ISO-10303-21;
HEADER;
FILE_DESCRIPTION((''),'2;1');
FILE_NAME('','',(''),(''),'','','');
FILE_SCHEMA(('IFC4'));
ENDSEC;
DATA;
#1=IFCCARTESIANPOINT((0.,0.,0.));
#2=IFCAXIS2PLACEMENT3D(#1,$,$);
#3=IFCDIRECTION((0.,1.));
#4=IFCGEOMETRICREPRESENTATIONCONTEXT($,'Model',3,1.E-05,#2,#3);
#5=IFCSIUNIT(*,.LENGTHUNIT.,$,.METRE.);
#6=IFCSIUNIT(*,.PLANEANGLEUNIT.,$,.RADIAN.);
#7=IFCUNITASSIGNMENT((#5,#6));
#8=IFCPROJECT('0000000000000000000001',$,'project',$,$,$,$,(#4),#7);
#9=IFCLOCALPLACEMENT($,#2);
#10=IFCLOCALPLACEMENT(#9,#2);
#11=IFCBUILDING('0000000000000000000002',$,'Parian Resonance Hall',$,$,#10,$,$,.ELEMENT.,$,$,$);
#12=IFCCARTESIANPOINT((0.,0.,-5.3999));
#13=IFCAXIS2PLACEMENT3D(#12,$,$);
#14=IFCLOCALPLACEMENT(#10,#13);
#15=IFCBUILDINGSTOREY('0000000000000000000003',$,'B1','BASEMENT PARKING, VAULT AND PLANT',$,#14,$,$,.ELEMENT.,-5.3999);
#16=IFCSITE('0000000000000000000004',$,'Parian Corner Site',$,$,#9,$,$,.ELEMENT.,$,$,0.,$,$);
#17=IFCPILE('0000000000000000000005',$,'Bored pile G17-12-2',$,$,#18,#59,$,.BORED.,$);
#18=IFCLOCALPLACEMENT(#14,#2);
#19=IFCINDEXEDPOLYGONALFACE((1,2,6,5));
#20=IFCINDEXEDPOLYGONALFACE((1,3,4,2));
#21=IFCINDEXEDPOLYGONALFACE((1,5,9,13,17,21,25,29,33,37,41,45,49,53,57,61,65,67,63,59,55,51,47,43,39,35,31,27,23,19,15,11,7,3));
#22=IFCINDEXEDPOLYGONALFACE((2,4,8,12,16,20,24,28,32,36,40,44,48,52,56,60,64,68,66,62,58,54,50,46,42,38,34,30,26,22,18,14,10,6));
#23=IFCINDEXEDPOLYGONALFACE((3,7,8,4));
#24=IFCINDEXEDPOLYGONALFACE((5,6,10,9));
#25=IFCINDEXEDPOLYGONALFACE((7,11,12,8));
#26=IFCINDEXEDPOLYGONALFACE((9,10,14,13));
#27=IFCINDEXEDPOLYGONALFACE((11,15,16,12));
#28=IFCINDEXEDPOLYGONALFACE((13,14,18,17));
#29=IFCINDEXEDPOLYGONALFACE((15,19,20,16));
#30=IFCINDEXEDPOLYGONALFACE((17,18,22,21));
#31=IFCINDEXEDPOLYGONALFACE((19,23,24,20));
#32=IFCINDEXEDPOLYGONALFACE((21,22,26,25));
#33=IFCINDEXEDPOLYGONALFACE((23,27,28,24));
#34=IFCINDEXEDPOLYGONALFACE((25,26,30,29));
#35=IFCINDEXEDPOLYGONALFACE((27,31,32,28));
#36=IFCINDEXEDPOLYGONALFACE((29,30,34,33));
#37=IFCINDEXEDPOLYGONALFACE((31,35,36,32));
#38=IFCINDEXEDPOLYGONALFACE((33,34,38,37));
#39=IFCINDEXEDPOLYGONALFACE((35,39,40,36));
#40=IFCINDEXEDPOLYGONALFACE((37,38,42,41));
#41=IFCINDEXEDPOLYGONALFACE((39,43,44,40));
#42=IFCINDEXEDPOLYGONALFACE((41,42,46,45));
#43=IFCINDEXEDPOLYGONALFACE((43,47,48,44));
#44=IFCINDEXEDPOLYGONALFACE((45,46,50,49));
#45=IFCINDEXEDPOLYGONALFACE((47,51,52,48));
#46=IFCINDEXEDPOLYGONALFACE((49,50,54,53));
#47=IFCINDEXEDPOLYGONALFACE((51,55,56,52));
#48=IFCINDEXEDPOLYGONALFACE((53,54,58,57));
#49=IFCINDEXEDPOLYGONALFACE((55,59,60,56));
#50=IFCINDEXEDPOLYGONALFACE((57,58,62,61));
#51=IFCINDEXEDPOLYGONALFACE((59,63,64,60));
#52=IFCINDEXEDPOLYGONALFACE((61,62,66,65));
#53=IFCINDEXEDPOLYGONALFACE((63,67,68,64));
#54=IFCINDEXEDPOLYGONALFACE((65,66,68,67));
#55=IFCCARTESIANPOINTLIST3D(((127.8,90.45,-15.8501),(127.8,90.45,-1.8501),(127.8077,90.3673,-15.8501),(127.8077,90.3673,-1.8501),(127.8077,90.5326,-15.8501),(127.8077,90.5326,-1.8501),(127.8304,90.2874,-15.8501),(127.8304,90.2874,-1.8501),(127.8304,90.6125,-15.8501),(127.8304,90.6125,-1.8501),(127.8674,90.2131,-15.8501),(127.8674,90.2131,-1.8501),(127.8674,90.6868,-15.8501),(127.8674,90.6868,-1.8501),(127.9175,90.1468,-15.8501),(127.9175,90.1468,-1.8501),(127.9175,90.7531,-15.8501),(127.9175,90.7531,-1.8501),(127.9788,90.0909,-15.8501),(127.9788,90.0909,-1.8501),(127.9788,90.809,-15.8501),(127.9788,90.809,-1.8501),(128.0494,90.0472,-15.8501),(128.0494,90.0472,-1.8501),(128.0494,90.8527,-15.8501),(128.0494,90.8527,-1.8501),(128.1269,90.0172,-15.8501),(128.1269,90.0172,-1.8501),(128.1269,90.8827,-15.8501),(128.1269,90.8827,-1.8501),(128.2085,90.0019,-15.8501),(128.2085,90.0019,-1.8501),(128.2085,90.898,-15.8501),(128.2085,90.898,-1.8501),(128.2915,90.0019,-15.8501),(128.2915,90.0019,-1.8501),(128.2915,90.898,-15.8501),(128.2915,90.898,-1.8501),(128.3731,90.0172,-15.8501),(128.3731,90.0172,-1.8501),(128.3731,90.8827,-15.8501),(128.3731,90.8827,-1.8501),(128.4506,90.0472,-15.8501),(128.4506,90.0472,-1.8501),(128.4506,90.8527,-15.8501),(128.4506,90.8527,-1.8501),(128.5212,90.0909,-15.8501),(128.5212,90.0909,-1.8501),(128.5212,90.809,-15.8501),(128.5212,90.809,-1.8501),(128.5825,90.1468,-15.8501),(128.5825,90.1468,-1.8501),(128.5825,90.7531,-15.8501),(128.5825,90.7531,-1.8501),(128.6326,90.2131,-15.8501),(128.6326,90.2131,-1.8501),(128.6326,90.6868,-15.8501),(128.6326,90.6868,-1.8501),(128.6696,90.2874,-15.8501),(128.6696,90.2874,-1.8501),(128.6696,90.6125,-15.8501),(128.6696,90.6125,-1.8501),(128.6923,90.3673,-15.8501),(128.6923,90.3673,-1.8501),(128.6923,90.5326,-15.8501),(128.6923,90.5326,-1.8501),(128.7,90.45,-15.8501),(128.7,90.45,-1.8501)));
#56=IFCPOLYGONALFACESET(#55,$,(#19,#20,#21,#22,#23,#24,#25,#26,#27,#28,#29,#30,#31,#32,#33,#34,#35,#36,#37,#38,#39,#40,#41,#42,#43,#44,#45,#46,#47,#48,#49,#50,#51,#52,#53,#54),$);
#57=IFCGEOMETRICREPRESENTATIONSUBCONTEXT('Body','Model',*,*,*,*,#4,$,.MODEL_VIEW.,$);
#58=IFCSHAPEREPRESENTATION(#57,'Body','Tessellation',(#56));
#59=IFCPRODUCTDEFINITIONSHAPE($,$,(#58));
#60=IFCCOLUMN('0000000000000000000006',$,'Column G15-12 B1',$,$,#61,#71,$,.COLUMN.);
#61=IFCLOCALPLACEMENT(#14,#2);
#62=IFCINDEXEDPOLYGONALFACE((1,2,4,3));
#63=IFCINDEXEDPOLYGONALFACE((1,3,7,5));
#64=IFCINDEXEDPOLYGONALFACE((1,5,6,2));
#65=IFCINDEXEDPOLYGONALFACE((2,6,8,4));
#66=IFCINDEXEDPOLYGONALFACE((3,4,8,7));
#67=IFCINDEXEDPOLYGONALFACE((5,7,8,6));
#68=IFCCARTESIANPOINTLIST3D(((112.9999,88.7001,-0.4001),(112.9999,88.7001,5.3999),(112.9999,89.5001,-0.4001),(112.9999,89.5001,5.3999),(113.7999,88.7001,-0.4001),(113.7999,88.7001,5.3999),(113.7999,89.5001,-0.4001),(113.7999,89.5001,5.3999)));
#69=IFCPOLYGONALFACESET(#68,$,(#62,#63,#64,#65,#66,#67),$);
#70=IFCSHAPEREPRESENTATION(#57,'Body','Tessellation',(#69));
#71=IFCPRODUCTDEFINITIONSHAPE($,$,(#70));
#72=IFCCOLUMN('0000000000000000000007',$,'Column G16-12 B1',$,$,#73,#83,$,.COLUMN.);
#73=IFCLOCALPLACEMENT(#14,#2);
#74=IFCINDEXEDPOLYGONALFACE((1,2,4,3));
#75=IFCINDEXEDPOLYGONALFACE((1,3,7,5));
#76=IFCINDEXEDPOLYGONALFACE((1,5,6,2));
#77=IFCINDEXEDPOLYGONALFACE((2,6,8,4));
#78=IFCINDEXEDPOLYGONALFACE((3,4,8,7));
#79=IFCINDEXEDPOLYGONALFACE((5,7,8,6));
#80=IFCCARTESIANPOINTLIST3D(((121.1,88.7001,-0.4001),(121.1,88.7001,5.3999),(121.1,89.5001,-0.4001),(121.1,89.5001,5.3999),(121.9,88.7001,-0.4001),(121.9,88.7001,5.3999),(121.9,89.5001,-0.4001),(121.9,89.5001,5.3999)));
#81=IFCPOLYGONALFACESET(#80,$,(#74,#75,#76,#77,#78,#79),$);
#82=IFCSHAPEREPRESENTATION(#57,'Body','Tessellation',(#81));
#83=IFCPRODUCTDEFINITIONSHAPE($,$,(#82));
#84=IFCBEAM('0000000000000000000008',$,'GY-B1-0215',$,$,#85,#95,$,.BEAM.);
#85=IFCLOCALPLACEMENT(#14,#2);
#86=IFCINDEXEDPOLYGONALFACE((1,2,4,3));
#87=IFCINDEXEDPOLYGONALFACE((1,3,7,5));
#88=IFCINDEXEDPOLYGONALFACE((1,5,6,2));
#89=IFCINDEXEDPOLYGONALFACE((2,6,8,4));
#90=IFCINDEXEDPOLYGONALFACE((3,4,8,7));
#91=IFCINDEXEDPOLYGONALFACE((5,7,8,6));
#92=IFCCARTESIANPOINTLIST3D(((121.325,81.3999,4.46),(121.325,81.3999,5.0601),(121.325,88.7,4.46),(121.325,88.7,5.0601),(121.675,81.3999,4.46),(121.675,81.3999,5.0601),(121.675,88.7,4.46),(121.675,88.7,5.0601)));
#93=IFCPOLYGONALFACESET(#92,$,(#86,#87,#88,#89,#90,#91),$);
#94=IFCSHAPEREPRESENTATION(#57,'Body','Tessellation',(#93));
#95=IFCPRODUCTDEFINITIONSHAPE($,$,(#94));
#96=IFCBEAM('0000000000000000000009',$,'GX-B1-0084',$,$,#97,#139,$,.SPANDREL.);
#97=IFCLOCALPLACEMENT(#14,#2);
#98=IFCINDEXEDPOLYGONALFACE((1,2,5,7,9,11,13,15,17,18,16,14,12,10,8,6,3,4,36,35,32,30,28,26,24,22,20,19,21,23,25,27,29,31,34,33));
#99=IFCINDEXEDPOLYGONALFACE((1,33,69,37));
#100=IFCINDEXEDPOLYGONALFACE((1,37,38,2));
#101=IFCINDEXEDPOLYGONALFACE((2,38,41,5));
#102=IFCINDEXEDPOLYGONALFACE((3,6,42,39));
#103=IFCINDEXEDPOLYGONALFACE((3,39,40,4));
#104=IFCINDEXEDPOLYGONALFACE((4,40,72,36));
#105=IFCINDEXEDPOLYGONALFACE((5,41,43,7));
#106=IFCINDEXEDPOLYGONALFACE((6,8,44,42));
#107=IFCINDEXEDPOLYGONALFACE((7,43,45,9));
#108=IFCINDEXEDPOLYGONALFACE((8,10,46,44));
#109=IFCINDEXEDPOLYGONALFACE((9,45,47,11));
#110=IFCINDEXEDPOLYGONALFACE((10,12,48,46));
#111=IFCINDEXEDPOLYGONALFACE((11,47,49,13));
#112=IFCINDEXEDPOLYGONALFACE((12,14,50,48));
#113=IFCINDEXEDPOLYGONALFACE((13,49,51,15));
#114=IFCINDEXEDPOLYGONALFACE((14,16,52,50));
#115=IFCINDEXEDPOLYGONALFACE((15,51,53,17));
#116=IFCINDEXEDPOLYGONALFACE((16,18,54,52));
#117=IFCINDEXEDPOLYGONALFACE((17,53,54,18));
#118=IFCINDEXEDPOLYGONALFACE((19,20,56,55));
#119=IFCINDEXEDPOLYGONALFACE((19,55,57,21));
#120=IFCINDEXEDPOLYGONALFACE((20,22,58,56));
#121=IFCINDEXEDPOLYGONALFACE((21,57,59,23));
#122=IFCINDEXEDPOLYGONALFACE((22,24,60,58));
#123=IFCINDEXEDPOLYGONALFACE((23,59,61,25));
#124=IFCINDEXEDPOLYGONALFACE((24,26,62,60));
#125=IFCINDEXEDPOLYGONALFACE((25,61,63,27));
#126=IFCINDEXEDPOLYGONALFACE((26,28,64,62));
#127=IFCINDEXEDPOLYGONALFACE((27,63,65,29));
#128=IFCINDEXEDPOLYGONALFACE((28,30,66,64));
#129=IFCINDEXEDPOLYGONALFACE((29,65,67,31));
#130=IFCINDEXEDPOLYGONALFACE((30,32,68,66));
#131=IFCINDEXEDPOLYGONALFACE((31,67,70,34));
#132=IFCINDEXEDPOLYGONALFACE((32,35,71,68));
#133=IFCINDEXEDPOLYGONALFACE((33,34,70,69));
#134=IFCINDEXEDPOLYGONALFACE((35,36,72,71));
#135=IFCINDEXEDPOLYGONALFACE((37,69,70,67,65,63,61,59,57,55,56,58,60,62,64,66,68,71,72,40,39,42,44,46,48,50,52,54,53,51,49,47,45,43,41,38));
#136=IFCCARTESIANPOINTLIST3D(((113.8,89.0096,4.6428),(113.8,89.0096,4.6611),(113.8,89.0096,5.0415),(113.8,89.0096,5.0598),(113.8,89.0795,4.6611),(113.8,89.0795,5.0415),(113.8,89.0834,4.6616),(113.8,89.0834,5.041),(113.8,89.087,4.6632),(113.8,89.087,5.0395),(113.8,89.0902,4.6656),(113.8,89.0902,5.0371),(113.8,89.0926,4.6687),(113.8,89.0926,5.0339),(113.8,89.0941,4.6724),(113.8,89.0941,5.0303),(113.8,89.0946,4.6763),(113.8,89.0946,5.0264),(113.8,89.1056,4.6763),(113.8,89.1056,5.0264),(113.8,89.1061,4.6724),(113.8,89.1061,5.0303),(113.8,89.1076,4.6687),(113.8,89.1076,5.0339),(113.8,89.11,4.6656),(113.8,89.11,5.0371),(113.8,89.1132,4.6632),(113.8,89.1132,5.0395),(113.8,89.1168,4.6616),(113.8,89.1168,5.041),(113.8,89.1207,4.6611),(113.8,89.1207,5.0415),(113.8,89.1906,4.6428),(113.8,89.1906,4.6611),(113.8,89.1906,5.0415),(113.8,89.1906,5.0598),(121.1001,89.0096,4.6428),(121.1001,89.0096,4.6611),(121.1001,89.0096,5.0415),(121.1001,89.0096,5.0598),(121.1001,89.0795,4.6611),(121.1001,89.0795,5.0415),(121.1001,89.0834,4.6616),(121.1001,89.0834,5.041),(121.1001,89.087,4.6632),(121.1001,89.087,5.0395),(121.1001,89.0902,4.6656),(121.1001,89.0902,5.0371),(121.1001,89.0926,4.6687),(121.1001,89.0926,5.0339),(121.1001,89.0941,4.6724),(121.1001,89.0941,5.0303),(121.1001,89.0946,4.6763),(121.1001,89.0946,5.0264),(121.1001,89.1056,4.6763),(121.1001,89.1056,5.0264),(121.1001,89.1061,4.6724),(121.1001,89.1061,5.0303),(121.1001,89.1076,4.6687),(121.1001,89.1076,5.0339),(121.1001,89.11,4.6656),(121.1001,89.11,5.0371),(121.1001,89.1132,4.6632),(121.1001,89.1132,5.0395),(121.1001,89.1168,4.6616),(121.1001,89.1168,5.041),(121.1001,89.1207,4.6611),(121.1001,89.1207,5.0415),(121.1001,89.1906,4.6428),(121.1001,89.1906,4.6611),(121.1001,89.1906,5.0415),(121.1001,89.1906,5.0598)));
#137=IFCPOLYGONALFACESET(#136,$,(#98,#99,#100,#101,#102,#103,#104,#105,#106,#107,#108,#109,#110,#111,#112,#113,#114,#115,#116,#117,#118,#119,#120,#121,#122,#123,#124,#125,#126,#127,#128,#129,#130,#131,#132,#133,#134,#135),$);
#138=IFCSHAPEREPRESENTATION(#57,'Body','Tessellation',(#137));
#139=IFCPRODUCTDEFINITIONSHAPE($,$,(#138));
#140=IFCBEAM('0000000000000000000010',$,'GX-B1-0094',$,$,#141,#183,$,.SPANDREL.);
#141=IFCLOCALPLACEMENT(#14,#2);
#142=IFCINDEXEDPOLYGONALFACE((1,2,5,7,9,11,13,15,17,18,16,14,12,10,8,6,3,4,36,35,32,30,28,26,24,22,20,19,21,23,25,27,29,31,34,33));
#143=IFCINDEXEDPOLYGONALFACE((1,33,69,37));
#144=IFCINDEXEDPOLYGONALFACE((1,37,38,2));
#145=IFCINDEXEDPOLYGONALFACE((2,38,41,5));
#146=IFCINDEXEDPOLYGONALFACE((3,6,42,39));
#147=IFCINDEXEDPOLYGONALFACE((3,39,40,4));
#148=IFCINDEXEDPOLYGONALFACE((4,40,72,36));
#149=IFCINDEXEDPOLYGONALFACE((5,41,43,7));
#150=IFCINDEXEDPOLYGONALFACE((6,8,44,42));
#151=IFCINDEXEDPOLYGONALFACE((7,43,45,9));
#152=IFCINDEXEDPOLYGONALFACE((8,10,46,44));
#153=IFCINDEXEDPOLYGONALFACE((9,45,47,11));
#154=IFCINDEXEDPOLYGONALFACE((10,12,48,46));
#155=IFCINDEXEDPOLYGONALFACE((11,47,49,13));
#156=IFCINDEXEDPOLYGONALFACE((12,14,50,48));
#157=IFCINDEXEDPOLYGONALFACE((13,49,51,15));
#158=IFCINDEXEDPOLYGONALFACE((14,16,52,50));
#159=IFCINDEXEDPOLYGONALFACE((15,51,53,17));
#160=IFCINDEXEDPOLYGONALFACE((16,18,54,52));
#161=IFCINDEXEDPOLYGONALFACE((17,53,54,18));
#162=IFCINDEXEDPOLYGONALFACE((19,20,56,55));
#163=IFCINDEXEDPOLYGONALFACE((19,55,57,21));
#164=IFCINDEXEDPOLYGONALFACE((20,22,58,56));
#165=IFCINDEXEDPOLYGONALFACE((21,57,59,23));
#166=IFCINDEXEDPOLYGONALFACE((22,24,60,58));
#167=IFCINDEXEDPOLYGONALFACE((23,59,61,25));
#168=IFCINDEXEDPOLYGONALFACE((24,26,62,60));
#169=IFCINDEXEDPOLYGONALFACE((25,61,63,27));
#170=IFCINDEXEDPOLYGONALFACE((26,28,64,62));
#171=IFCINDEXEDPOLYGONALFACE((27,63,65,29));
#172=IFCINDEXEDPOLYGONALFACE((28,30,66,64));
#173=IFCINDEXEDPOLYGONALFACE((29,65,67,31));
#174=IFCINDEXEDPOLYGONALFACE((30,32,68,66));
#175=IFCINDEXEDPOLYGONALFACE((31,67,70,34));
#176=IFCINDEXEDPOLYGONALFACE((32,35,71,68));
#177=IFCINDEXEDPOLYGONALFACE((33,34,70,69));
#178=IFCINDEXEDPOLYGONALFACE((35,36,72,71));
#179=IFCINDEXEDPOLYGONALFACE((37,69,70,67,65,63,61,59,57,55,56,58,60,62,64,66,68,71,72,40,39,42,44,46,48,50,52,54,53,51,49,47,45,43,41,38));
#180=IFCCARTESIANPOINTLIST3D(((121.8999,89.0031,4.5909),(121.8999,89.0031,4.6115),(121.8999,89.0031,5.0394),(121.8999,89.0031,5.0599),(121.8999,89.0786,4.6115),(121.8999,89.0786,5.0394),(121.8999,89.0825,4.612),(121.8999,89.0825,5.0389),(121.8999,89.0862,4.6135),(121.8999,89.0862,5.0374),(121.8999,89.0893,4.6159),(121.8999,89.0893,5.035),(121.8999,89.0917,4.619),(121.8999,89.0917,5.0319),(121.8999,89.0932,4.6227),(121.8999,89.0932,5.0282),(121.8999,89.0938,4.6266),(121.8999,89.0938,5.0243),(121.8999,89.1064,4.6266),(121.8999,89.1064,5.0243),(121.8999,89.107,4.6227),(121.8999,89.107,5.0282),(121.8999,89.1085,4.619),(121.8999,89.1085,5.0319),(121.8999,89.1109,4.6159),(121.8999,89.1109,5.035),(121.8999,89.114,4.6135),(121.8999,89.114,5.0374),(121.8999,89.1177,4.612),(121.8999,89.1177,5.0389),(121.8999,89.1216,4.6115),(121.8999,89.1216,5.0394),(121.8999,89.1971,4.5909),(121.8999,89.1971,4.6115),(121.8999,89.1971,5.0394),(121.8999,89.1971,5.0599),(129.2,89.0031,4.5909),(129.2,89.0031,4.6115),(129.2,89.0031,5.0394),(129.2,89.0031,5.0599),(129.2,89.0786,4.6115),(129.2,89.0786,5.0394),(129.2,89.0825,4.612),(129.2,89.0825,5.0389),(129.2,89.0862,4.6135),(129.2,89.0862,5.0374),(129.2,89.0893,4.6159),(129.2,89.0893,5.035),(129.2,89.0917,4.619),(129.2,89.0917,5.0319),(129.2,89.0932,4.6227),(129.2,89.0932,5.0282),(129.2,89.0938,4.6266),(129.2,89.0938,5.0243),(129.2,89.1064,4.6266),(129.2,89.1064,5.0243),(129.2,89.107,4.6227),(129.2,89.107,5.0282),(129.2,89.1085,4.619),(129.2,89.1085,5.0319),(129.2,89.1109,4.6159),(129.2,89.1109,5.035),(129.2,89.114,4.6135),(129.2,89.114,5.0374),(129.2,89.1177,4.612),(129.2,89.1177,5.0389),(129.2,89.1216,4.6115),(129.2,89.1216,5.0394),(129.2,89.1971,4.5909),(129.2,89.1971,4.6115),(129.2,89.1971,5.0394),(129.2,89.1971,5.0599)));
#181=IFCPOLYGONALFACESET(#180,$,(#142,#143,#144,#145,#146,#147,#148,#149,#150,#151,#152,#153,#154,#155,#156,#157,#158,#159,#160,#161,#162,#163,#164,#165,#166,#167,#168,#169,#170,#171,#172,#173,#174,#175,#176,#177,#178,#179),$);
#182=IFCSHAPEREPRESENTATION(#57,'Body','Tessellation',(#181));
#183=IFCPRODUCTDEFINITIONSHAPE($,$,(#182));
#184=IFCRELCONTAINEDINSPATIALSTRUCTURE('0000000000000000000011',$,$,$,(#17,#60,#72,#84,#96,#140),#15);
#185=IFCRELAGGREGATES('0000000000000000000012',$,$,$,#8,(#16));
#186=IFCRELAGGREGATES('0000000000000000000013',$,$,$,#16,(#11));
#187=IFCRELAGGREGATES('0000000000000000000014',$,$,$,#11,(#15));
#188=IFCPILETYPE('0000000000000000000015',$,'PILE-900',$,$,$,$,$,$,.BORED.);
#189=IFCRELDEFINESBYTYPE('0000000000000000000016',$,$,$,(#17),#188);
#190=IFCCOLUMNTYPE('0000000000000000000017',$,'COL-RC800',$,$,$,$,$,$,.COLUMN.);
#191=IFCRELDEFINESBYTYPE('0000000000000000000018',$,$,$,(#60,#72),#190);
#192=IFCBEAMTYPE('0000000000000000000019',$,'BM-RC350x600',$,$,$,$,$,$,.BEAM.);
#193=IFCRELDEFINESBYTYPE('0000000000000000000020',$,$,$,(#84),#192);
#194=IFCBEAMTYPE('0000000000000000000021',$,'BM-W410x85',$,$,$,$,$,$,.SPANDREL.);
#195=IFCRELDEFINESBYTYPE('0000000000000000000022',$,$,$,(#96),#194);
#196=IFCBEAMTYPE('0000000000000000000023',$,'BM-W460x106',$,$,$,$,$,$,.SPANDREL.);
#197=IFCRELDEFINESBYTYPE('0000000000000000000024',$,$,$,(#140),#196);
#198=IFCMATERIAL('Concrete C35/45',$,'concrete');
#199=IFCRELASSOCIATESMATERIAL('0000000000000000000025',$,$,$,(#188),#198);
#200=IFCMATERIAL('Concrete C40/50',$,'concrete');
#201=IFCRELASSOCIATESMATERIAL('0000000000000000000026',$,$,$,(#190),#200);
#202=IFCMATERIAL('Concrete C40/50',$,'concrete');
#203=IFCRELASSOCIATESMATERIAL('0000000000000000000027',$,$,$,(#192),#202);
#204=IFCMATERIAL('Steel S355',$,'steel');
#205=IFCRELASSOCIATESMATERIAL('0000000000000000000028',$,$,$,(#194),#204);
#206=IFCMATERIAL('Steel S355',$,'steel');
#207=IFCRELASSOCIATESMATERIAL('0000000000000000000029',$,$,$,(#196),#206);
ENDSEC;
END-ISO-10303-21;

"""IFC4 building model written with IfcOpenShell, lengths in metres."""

from ifc_helpers import new_model, si_unit, direction, frame, origin, origin_2d, place, context, subcontext, project, spatial, rectangle, circle, i_section, extrude, material, material_profile, profile_set, type_object, element, save


model = new_model("IFC4")

# Units and contexts
model_context = context("Model", 3, precision=1e-05, world=origin(), true_north=direction((0.0, 1.0)))
body_context = subcontext(model_context, "Body", "Model", "MODEL_VIEW")
ifc_project = project(units=[si_unit("LENGTHUNIT", "METRE"), si_unit("PLANEANGLEUNIT", "RADIAN")], contexts=[model_context])

# Site, building, storey
site_placement = place(None, origin())
site = spatial("IfcSite", under=ifc_project, at=site_placement, Name="Parian Corner Site", CompositionType="ELEMENT", RefElevation=0.0)
building_placement = place(site_placement, origin())
building = spatial("IfcBuilding", under=site, at=building_placement, Name="Parian Resonance Hall", CompositionType="ELEMENT")
storey_placement = place(building_placement, frame((0.0, 0.0, -5.3999)))
storey = spatial("IfcBuildingStorey", under=building, at=storey_placement, Name="B1", Description="BASEMENT PARKING, VAULT AND PLANT", CompositionType="ELEMENT", Elevation=-5.3999)

# Pile
ifc_material_1 = material(Name="Concrete C35/45", Category="concrete")
ifc_material_profile_1 = material_profile(ifc_material_1, circle(Radius=0.45, at=origin_2d()), Name="PILE-D900")
ifc_profile_set_1 = profile_set([ifc_material_profile_1], Name="Concrete C35/45")
pile_type_1 = type_object("IfcPileType", Name="PILE-900", PredefinedType="BORED", material=ifc_profile_set_1)
for number, where, z_axis, x_axis, name in (
    (1, (128.25, 90.45, -1.8501), (0.0, 0.0, -1.0), (1.0, 0.0, 0.0), "Bored pile G17-12-2"),
):
    element("IfcPile", number, at=place(storey_placement, frame(where, z_axis=z_axis, x_axis=x_axis)), inside=storey, type_object=pile_type_1, Name=name, PredefinedType="BORED", context=body_context, shape_type="SweptSolid", body=[
        extrude(circle(Radius=0.45, at=origin_2d()), origin(), (0.0, 0.0, 1.0), 14.0),
    ])

# Columns
ifc_material_2 = material(Name="Concrete C40/50", Category="concrete")
ifc_material_profile_2 = material_profile(ifc_material_2, rectangle(XDim=0.8, YDim=0.8, at=origin_2d()), Name="RC-COL-800x800")
ifc_profile_set_2 = profile_set([ifc_material_profile_2], Name="Concrete C40/50")
column_type = type_object("IfcColumnType", Name="COL-RC800", PredefinedType="COLUMN", material=ifc_profile_set_2)
for number, where, z_axis, x_axis, name in (
    (2, (113.3999, 89.1001, -0.4001), (0.0, 0.0, 1.0), (1.0, 0.0, 0.0), "Column G15-12 B1"),
    (3, (121.5, 89.1001, -0.4001), (0.0, 0.0, 1.0), (1.0, 0.0, 0.0), "Column G16-12 B1"),
):
    element("IfcColumn", number, at=place(storey_placement, frame(where, z_axis=z_axis, x_axis=x_axis)), inside=storey, type_object=column_type, Name=name, PredefinedType="COLUMN", context=body_context, shape_type="SweptSolid", body=[
        extrude(rectangle(XDim=0.8, YDim=0.8, at=origin_2d()), origin(), (0.0, 0.0, 1.0), 5.8),
    ])

# Beams
ifc_material_3 = material(Name="Concrete C40/50", Category="concrete")
ifc_material_profile_3 = material_profile(ifc_material_3, rectangle(XDim=0.3501, YDim=0.6001, at=origin_2d()), Name="RC-BM-350x600")
ifc_profile_set_3 = profile_set([ifc_material_profile_3], Name="Concrete C40/50")
beam_type_1 = type_object("IfcBeamType", Name="BM-RC350x600", PredefinedType="BEAM", material=ifc_profile_set_3)
beam_1_placement = place(storey_placement, frame((121.5, 81.3999, 4.76), z_axis=(0.0, 1.0, 0.0), x_axis=(-1.0, 0.0, 0.0)))
element("IfcBeam", 4, at=beam_1_placement, inside=storey, type_object=beam_type_1, Name="GY-B1-0215", PredefinedType="BEAM", context=body_context, shape_type="SweptSolid", body=[
    extrude(rectangle(XDim=0.3501, YDim=0.6001, at=origin_2d()), origin(), (0.0, 0.0, 1.0), 7.3),
])
ifc_material_4 = material(Name="Steel S355", Category="steel")
ifc_material_profile_4 = material_profile(ifc_material_4, i_section(OverallWidth=0.1809, OverallDepth=0.417, WebThickness=0.011, FlangeThickness=0.0183, FilletRadius=0.0151, at=origin_2d()), Name="W410x85")
ifc_profile_set_4 = profile_set([ifc_material_profile_4], Name="Steel S355")
beam_type_2 = type_object("IfcBeamType", Name="BM-W410x85", PredefinedType="SPANDREL", material=ifc_profile_set_4)
beam_2_placement = place(storey_placement, frame((113.8, 89.1001, 4.8513), z_axis=(1.0, 0.0, 0.0), x_axis=(0.0, 1.0, 0.0)))
element("IfcBeam", 5, at=beam_2_placement, inside=storey, type_object=beam_type_2, Name="GX-B1-0084", PredefinedType="SPANDREL", context=body_context, shape_type="SweptSolid", body=[
    extrude(i_section(OverallWidth=0.1809, OverallDepth=0.417, WebThickness=0.011, FlangeThickness=0.0183, FilletRadius=0.0151, at=origin_2d()), origin(), (0.0, 0.0, 1.0), 7.3),
])
ifc_material_5 = material(Name="Steel S355", Category="steel")
ifc_material_profile_5 = material_profile(ifc_material_5, i_section(OverallWidth=0.1941, OverallDepth=0.469, WebThickness=0.0127, FlangeThickness=0.0205, FilletRadius=0.0151, at=origin_2d()), Name="W460x106")
ifc_profile_set_5 = profile_set([ifc_material_profile_5], Name="Steel S355")
beam_type_3 = type_object("IfcBeamType", Name="BM-W460x106", PredefinedType="SPANDREL", material=ifc_profile_set_5)
beam_3_placement = place(storey_placement, frame((121.8999, 89.1001, 4.8254), z_axis=(1.0, 0.0, 0.0), x_axis=(0.0, 1.0, 0.0)))
element("IfcBeam", 6, at=beam_3_placement, inside=storey, type_object=beam_type_3, Name="GX-B1-0094", PredefinedType="SPANDREL", context=body_context, shape_type="SweptSolid", body=[
    extrude(i_section(OverallWidth=0.1941, OverallDepth=0.469, WebThickness=0.0127, FlangeThickness=0.0205, FilletRadius=0.0151, at=origin_2d()), origin(), (0.0, 0.0, 1.0), 7.3),
])

save(model, "model.ifc")
